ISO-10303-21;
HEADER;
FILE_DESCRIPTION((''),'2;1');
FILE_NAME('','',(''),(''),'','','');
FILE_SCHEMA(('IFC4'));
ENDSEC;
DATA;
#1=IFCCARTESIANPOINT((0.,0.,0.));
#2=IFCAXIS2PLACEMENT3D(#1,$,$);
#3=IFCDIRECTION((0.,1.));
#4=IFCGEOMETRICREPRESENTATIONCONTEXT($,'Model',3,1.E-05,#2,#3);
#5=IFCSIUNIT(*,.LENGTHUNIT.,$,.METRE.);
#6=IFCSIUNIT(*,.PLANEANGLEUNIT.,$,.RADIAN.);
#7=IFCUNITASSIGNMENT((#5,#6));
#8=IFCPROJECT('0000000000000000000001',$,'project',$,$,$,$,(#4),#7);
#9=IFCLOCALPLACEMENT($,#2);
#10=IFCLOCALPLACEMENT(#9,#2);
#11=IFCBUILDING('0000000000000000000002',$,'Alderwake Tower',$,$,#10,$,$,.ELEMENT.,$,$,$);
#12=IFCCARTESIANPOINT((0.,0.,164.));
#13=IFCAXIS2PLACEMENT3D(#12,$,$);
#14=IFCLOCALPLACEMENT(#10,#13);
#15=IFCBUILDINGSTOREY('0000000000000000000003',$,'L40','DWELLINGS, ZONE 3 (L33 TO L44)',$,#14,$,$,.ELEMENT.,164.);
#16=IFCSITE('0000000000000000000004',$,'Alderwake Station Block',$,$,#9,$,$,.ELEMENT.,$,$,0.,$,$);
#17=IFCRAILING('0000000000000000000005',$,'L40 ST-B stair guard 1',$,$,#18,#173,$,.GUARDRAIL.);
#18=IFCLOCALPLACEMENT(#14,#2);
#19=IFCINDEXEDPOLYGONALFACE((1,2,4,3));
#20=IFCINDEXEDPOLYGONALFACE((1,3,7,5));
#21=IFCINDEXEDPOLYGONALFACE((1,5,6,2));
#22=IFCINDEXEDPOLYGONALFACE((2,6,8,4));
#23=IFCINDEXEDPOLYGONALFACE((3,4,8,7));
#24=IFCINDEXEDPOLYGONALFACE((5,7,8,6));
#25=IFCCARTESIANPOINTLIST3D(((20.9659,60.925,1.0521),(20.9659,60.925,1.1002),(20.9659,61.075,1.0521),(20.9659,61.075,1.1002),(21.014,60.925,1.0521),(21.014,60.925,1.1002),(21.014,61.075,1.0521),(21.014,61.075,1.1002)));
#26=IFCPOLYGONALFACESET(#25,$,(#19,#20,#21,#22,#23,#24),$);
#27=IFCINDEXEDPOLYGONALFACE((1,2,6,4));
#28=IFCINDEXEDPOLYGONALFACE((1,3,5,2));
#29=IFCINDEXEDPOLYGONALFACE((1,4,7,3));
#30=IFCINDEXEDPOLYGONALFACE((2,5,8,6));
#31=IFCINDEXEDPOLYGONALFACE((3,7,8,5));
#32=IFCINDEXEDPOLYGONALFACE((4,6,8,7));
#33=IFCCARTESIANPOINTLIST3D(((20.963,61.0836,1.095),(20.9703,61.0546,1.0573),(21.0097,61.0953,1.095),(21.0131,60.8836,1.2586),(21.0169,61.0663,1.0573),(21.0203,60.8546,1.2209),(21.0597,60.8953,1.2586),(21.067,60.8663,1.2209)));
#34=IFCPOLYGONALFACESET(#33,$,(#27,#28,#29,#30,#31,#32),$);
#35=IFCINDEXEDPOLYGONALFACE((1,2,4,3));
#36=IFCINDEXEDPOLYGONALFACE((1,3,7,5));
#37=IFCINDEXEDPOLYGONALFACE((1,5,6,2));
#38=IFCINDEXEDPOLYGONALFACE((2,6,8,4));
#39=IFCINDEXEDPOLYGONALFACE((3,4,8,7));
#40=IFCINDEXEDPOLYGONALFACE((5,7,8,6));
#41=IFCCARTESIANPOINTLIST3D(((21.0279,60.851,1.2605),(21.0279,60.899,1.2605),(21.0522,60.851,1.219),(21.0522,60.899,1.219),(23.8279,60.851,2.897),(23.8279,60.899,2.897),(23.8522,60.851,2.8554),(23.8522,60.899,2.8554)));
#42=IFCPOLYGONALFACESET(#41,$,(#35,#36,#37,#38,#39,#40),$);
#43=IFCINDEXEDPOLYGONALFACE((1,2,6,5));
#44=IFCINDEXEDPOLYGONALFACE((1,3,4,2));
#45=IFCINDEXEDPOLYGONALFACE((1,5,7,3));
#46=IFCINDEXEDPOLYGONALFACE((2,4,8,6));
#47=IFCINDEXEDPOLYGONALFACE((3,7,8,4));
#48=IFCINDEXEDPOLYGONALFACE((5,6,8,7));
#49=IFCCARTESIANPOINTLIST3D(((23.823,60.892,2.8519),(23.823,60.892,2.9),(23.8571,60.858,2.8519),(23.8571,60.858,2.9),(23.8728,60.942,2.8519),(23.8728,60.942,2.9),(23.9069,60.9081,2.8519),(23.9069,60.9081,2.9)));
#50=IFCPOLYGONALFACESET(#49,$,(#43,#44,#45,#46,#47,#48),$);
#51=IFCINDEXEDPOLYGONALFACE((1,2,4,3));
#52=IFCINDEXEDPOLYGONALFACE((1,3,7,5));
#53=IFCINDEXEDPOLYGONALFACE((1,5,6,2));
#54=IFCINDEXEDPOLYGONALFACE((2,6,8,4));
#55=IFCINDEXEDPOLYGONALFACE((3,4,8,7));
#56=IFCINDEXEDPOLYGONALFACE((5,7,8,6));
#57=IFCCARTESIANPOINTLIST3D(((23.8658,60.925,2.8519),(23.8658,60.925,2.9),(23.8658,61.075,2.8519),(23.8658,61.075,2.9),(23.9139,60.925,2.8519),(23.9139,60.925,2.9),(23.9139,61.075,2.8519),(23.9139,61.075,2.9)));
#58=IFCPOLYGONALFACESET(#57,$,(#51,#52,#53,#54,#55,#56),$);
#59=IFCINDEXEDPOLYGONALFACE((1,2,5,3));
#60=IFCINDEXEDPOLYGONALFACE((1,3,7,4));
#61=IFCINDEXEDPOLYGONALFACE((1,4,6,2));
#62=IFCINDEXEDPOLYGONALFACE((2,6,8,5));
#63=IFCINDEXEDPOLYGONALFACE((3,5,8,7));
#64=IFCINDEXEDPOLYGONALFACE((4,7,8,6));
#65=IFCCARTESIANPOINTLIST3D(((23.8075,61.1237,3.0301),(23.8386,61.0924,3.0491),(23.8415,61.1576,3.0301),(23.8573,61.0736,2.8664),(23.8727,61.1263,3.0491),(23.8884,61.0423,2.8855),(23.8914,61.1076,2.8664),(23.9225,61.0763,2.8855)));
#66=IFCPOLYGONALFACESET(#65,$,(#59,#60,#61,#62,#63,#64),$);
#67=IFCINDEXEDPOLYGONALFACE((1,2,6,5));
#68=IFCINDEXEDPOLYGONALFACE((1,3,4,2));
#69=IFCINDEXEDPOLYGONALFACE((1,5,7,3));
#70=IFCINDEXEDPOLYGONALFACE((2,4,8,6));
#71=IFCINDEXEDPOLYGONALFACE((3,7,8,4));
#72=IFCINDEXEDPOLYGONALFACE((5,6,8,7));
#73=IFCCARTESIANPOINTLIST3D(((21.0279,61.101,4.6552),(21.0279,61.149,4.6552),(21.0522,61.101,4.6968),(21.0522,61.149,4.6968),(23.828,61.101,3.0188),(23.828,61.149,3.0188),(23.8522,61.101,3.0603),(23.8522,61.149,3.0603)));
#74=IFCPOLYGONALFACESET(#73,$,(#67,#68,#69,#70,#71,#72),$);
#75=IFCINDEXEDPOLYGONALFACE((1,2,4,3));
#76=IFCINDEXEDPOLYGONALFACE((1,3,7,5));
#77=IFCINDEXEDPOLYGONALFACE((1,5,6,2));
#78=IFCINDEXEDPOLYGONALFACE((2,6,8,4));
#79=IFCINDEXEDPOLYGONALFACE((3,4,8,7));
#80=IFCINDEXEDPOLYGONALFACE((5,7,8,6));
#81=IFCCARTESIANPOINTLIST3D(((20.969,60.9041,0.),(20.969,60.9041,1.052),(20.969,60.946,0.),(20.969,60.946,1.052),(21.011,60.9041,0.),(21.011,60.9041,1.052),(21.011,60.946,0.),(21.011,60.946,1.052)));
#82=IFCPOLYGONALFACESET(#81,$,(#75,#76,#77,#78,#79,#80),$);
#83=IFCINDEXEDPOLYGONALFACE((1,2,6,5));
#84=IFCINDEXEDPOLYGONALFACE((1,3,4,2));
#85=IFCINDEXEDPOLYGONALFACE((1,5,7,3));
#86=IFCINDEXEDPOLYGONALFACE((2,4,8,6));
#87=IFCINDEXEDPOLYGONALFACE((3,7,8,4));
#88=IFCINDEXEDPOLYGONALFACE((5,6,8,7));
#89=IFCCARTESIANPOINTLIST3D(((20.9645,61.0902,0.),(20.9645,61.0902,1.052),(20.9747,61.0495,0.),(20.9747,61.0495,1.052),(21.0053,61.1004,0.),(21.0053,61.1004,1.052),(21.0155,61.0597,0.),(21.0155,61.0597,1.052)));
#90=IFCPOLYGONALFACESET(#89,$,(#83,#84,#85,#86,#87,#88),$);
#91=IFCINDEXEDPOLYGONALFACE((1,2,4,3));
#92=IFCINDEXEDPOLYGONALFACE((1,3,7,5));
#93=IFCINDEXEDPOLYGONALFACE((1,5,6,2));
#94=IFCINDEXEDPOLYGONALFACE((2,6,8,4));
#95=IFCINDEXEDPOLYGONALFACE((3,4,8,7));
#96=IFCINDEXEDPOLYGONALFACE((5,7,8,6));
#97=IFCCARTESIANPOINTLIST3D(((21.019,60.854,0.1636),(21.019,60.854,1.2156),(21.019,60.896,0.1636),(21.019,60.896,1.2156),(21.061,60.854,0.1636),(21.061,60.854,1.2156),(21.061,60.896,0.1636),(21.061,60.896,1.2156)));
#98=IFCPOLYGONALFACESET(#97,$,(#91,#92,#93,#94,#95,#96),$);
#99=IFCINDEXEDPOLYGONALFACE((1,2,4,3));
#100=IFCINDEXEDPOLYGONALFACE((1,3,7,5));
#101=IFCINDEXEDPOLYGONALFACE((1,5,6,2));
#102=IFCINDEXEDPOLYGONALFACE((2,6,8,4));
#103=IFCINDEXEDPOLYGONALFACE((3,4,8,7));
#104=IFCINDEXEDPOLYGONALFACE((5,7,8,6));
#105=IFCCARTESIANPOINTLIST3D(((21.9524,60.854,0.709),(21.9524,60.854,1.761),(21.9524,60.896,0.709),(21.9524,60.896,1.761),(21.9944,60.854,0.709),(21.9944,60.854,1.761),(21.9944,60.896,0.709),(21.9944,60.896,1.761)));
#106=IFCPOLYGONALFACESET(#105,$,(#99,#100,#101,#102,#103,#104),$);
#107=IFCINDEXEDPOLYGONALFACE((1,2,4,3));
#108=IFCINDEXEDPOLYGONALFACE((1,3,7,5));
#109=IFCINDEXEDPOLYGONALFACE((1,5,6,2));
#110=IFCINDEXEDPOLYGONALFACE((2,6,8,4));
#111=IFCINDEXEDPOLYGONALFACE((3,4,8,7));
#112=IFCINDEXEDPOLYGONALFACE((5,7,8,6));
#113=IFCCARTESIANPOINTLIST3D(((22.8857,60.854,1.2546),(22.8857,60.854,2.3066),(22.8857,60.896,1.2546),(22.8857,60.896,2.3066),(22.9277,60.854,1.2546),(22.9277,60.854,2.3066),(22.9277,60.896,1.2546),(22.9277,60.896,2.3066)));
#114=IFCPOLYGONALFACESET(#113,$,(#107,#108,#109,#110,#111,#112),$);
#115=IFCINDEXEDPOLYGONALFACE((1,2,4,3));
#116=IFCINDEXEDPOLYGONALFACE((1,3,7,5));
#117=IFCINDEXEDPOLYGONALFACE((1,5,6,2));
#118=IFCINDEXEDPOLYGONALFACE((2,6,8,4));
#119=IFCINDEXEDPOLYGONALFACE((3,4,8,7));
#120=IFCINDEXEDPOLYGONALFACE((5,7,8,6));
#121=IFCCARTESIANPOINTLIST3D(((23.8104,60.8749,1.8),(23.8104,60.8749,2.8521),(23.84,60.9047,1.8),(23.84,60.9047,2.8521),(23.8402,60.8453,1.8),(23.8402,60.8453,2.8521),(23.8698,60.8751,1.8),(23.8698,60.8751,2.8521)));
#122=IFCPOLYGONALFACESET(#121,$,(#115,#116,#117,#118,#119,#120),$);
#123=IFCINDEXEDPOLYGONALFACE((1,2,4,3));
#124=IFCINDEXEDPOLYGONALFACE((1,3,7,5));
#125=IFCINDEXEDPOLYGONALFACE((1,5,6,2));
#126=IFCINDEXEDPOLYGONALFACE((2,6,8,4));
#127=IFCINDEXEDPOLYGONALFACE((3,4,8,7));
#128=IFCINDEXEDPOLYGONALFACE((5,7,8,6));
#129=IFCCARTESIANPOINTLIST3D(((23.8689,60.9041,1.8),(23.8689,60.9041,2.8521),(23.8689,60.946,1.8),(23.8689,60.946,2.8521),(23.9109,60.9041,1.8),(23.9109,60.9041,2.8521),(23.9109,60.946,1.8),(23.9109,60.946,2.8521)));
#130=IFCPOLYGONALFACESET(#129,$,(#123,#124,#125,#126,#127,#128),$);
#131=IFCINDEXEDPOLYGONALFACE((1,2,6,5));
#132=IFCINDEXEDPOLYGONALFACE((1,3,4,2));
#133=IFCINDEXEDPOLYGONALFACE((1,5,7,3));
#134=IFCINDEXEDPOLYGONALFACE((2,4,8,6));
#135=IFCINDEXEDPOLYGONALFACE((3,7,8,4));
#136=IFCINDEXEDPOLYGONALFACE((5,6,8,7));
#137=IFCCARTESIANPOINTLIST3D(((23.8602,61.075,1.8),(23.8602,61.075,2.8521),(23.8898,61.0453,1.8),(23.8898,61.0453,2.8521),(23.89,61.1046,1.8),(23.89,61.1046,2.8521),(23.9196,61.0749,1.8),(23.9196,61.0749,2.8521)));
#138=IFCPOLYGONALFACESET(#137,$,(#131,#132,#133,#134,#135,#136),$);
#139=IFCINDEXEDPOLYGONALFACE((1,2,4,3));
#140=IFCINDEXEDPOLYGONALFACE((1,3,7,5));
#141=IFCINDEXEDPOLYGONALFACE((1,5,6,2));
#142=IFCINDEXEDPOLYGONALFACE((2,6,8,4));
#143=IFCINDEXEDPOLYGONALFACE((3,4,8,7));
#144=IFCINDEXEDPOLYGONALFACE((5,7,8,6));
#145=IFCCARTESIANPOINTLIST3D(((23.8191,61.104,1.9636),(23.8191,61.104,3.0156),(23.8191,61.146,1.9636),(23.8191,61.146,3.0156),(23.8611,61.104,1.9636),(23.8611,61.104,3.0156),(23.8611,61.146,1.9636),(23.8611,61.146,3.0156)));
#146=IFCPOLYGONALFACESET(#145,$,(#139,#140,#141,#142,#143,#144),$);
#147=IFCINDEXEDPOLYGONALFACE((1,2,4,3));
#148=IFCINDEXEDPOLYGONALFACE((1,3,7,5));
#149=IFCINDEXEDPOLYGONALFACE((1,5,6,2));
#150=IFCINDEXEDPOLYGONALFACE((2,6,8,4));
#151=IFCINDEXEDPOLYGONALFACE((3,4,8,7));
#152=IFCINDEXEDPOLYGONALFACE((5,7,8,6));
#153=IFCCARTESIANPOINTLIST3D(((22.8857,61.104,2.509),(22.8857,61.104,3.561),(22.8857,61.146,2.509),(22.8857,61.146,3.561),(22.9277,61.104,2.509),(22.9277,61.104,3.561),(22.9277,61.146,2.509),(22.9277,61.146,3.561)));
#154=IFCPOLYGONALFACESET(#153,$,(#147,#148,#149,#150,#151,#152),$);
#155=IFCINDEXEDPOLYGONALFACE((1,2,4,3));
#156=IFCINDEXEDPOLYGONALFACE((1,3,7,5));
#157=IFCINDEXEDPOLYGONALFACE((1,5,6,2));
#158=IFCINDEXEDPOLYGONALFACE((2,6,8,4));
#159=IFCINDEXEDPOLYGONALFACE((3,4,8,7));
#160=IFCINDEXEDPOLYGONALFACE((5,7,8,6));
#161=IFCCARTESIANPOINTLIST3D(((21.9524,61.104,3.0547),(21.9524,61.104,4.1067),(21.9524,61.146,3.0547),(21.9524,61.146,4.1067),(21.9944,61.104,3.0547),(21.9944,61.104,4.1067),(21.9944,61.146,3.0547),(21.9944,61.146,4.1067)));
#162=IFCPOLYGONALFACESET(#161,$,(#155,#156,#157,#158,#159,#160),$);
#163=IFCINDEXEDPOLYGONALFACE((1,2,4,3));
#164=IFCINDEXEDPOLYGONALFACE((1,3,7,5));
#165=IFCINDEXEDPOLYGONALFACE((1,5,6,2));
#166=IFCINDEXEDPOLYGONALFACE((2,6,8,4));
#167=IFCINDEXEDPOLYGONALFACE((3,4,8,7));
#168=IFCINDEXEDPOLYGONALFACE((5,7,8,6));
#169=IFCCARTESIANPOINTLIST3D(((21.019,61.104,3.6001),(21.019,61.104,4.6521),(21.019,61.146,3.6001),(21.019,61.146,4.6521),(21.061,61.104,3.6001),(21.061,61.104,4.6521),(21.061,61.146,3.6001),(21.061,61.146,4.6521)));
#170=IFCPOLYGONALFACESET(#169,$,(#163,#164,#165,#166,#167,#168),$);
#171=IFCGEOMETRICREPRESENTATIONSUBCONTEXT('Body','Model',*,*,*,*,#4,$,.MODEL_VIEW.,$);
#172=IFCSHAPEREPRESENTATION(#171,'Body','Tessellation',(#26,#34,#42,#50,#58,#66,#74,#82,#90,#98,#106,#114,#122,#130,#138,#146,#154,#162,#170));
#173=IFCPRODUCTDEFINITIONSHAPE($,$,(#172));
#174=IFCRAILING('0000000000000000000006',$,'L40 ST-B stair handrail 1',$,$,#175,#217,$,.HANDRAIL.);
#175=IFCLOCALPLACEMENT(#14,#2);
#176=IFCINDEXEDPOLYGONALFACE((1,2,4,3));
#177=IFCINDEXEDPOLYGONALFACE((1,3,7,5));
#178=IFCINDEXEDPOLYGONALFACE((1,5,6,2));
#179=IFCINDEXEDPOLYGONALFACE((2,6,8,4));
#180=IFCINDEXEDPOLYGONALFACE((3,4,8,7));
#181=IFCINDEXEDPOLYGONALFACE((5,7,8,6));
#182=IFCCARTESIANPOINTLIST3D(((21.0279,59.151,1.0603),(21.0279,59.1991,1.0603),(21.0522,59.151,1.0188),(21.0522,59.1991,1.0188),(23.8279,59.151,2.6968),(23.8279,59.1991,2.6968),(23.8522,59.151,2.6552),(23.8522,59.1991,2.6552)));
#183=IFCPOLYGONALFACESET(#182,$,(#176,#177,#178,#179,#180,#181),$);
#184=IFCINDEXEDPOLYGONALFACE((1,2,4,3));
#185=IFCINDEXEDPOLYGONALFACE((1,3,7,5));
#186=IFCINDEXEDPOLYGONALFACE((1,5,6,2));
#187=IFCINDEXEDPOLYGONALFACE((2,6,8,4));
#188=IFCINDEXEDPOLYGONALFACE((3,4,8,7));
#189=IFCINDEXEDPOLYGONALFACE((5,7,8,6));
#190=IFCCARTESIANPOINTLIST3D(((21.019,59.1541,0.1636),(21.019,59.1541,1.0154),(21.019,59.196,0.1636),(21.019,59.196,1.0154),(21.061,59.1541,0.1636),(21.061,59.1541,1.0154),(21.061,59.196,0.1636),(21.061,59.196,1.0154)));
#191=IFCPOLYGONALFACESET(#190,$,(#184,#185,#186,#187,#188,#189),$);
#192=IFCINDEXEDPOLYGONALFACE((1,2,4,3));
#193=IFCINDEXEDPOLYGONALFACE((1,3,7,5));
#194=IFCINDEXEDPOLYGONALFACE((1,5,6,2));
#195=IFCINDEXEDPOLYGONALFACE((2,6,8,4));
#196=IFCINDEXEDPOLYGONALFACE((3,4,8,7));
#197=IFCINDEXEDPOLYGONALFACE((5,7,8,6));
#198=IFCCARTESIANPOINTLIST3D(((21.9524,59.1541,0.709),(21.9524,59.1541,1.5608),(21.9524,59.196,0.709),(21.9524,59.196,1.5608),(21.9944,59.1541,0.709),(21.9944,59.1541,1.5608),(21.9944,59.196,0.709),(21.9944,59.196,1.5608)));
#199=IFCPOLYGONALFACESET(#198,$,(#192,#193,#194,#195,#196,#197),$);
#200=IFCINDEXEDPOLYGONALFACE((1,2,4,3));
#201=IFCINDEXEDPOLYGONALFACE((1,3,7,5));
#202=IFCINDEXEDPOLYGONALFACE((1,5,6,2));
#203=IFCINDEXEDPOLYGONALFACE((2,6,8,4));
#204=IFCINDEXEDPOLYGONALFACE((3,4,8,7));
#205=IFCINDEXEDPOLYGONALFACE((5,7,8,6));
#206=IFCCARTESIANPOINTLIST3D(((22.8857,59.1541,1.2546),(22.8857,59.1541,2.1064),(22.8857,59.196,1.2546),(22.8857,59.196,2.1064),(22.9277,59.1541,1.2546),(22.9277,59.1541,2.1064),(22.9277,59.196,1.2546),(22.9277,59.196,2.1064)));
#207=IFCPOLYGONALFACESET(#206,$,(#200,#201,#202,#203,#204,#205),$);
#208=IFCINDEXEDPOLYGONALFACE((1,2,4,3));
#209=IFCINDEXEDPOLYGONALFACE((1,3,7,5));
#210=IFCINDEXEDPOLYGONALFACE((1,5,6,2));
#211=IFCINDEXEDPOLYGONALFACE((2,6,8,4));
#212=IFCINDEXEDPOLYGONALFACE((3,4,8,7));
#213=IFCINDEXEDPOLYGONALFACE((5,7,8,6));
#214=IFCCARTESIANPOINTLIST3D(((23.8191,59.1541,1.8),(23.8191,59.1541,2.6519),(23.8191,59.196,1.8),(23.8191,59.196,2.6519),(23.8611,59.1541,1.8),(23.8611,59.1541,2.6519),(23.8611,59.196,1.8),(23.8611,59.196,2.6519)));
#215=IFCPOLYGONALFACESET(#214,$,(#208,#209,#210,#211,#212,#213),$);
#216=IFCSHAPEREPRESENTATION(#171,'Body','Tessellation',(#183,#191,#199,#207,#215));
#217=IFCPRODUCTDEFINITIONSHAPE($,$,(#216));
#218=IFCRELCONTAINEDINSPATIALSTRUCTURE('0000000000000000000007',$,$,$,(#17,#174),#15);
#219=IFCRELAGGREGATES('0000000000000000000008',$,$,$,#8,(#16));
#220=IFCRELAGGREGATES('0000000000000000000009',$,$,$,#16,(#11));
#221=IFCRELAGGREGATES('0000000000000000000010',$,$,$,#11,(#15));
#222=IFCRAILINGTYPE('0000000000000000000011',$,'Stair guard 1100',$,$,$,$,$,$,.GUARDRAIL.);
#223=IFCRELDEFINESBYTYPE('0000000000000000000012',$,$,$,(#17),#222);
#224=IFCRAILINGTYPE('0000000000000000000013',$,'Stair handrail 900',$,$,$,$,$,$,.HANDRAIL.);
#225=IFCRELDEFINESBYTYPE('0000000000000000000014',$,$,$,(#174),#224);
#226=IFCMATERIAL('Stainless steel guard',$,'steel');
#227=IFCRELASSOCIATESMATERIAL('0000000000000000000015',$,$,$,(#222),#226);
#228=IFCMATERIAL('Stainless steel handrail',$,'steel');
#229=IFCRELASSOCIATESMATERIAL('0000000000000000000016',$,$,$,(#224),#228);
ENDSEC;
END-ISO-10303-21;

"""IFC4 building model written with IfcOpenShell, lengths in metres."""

from ifc_helpers import new_model, si_unit, direction, frame, origin, origin_with_axes, origin_2d, place, context, subcontext, project, spatial, rectangle, extrude, material, type_object, element, save


model = new_model("IFC4")

# Units and contexts
model_context = context("Model", 3, precision=1e-05, world=origin(), true_north=direction((0.0, 1.0)))
body_context = subcontext(model_context, "Body", "Model", "MODEL_VIEW")
ifc_project = project(units=[si_unit("LENGTHUNIT", "METRE"), si_unit("PLANEANGLEUNIT", "RADIAN")], contexts=[model_context])

# Site, building, storey
site_placement = place(None, origin())
site = spatial("IfcSite", under=ifc_project, at=site_placement, Name="Alderwake Station Block", CompositionType="ELEMENT", RefElevation=0.0)
building_placement = place(site_placement, origin())
building = spatial("IfcBuilding", under=site, at=building_placement, Name="Alderwake Tower", CompositionType="ELEMENT")
storey_placement = place(building_placement, frame((0.0, 0.0, 164.0)))
storey = spatial("IfcBuildingStorey", under=building, at=storey_placement, Name="L40", Description="DWELLINGS, ZONE 3 (L33 TO L44)", CompositionType="ELEMENT", Elevation=164.0)

# Railings
ifc_material_1 = material(Name="Stainless steel guard", Category="steel")
railing_type_1 = type_object("IfcRailingType", Name="Stair guard 1100", PredefinedType="GUARDRAIL", material=ifc_material_1)
railing_1_placement = place(storey_placement, frame((20.99, 60.925, 0.0)))
element("IfcRailing", 1, at=railing_1_placement, inside=storey, type_object=railing_type_1, Name="L40 ST-B stair guard 1", PredefinedType="GUARDRAIL", context=body_context, shape_type="SweptSolid", body=[
    extrude(rectangle(XDim=0.0481, YDim=0.0481, at=origin_2d()), frame((0.0, 0.0, 1.0762), z_axis=(0.0, 1.0, 0.0), x_axis=(-1.0, 0.0, 0.0)), (0.0, 0.0, 1.0), 0.1499),
    extrude(rectangle(XDim=0.0481, YDim=0.0481, at=origin_2d()), frame((0.0, 0.1499, 1.0762), z_axis=(0.1902, -0.75987, 0.621628), x_axis=(0.970073, 0.242814, 0.0)), (0.0, 0.0, 1.0), 0.2632),
    extrude(rectangle(XDim=0.0481, YDim=0.0481, at=origin_2d()), frame((0.05, -0.05, 1.2397), z_axis=(0.863361, 0.0, 0.504587), x_axis=(0.0, 1.0, 0.0)), (0.0, 0.0, 1.0), 3.2432),
    extrude(rectangle(XDim=0.0481, YDim=0.0481, at=origin_2d()), frame((2.8501, -0.05, 2.876), z_axis=(0.705376, 0.708834, 0.0), x_axis=(-0.708834, 0.705376, 0.0)), (0.0, 0.0, 1.0), 0.0706),
    extrude(rectangle(XDim=0.0481, YDim=0.0481, at=origin_2d()), frame((2.8999, 0.0, 2.876), z_axis=(0.0, 1.0, 0.0), x_axis=(-1.0, 0.0, 0.0)), (0.0, 0.0, 1.0), 0.1499),
    extrude(rectangle(XDim=0.0481, YDim=0.0481, at=origin_2d()), frame((2.8999, 0.1499, 2.876), z_axis=(-0.279546, 0.280917, 0.918118), x_axis=(-0.708834, -0.705376, 0.0)), (0.0, 0.0, 1.0), 0.1782),
    extrude(rectangle(XDim=0.0481, YDim=0.0481, at=origin_2d()), frame((2.8501, 0.2, 3.0396), z_axis=(-0.863361, 0.0, 0.504587), x_axis=(0.0, -1.0, 0.0)), (0.0, 0.0, 1.0), 3.2432),
    extrude(rectangle(XDim=0.042, YDim=0.042, at=origin_2d()), frame((0.0, 0.0, 0.0), z_axis=(0.0, 0.0, 1.0), x_axis=(0.0, 1.0, 0.0)), (0.0, 0.0, 1.0), 1.052),
    extrude(rectangle(XDim=0.042, YDim=0.042, at=origin_2d()), frame((0.0, 0.1499, 0.0), z_axis=(0.0, 0.0, 1.0), x_axis=(0.242814, -0.970073, 0.0)), (0.0, 0.0, 1.0), 1.052),
    extrude(rectangle(XDim=0.042, YDim=0.042, at=origin_2d()), frame((0.05, -0.05, 0.1636), z_axis=(0.0, 0.0, 1.0), x_axis=(1.0, 0.0, 0.0)), (0.0, 0.0, 1.0), 1.052),
    extrude(rectangle(XDim=0.042, YDim=0.042, at=origin_2d()), frame((0.9834, -0.05, 0.709), z_axis=(0.0, 0.0, 1.0), x_axis=(1.0, 0.0, 0.0)), (0.0, 0.0, 1.0), 1.052),
    extrude(rectangle(XDim=0.042, YDim=0.042, at=origin_2d()), frame((1.9167, -0.05, 1.2546), z_axis=(0.0, 0.0, 1.0), x_axis=(1.0, 0.0, 0.0)), (0.0, 0.0, 1.0), 1.052),
    extrude(rectangle(XDim=0.042, YDim=0.042, at=origin_2d()), frame((2.8501, -0.05, 1.8), z_axis=(0.0, 0.0, 1.0), x_axis=(0.705376, 0.708834, 0.0)), (0.0, 0.0, 1.0), 1.052),
    extrude(rectangle(XDim=0.042, YDim=0.042, at=origin_2d()), frame((2.8999, 0.0, 1.8), z_axis=(0.0, 0.0, 1.0), x_axis=(0.0, 1.0, 0.0)), (0.0, 0.0, 1.0), 1.052),
    extrude(rectangle(XDim=0.042, YDim=0.042, at=origin_2d()), frame((2.8999, 0.1499, 1.8), z_axis=(0.0, 0.0, 1.0), x_axis=(-0.705376, 0.708834, 0.0)), (0.0, 0.0, 1.0), 1.052),
    extrude(rectangle(XDim=0.042, YDim=0.042, at=origin_2d()), frame((2.8501, 0.2, 1.9636), z_axis=(0.0, 0.0, 1.0), x_axis=(-1.0, 0.0, 0.0)), (0.0, 0.0, 1.0), 1.052),
    extrude(rectangle(XDim=0.042, YDim=0.042, at=origin_2d()), frame((1.9167, 0.2, 2.509), z_axis=(0.0, 0.0, 1.0), x_axis=(-1.0, 0.0, 0.0)), (0.0, 0.0, 1.0), 1.052),
    extrude(rectangle(XDim=0.042, YDim=0.042, at=origin_2d()), frame((0.9834, 0.2, 3.0547), z_axis=(0.0, 0.0, 1.0), x_axis=(-1.0, 0.0, 0.0)), (0.0, 0.0, 1.0), 1.052),
    extrude(rectangle(XDim=0.042, YDim=0.042, at=origin_2d()), frame((0.05, 0.2, 3.6001), z_axis=(0.0, 0.0, 1.0), x_axis=(-1.0, 0.0, 0.0)), (0.0, 0.0, 1.0), 1.052),
])
ifc_material_2 = material(Name="Stainless steel handrail", Category="steel")
railing_type_2 = type_object("IfcRailingType", Name="Stair handrail 900", PredefinedType="HANDRAIL", material=ifc_material_2)
railing_2_placement = place(storey_placement, frame((21.04, 59.175, 0.1636)))
element("IfcRailing", 2, at=railing_2_placement, inside=storey, type_object=railing_type_2, Name="L40 ST-B stair handrail 1", PredefinedType="HANDRAIL", context=body_context, shape_type="SweptSolid", body=[
    extrude(rectangle(XDim=0.0481, YDim=0.0481, at=origin_2d()), frame((0.0, 0.0, 0.876), z_axis=(0.863361, 0.0, 0.504587), x_axis=(0.0, 1.0, 0.0)), (0.0, 0.0, 1.0), 3.2432),
    extrude(rectangle(XDim=0.042, YDim=0.042, at=origin_2d()), origin_with_axes(), (0.0, 0.0, 1.0), 0.8518),
    extrude(rectangle(XDim=0.042, YDim=0.042, at=origin_2d()), frame((0.9333, 0.0, 0.5454), z_axis=(0.0, 0.0, 1.0), x_axis=(1.0, 0.0, 0.0)), (0.0, 0.0, 1.0), 0.8518),
    extrude(rectangle(XDim=0.042, YDim=0.042, at=origin_2d()), frame((1.8667, 0.0, 1.0911), z_axis=(0.0, 0.0, 1.0), x_axis=(1.0, 0.0, 0.0)), (0.0, 0.0, 1.0), 0.8518),
    extrude(rectangle(XDim=0.042, YDim=0.042, at=origin_2d()), frame((2.8, 0.0, 1.6365), z_axis=(0.0, 0.0, 1.0), x_axis=(1.0, 0.0, 0.0)), (0.0, 0.0, 1.0), 0.8518),
])

save(model, "model.ifc")
